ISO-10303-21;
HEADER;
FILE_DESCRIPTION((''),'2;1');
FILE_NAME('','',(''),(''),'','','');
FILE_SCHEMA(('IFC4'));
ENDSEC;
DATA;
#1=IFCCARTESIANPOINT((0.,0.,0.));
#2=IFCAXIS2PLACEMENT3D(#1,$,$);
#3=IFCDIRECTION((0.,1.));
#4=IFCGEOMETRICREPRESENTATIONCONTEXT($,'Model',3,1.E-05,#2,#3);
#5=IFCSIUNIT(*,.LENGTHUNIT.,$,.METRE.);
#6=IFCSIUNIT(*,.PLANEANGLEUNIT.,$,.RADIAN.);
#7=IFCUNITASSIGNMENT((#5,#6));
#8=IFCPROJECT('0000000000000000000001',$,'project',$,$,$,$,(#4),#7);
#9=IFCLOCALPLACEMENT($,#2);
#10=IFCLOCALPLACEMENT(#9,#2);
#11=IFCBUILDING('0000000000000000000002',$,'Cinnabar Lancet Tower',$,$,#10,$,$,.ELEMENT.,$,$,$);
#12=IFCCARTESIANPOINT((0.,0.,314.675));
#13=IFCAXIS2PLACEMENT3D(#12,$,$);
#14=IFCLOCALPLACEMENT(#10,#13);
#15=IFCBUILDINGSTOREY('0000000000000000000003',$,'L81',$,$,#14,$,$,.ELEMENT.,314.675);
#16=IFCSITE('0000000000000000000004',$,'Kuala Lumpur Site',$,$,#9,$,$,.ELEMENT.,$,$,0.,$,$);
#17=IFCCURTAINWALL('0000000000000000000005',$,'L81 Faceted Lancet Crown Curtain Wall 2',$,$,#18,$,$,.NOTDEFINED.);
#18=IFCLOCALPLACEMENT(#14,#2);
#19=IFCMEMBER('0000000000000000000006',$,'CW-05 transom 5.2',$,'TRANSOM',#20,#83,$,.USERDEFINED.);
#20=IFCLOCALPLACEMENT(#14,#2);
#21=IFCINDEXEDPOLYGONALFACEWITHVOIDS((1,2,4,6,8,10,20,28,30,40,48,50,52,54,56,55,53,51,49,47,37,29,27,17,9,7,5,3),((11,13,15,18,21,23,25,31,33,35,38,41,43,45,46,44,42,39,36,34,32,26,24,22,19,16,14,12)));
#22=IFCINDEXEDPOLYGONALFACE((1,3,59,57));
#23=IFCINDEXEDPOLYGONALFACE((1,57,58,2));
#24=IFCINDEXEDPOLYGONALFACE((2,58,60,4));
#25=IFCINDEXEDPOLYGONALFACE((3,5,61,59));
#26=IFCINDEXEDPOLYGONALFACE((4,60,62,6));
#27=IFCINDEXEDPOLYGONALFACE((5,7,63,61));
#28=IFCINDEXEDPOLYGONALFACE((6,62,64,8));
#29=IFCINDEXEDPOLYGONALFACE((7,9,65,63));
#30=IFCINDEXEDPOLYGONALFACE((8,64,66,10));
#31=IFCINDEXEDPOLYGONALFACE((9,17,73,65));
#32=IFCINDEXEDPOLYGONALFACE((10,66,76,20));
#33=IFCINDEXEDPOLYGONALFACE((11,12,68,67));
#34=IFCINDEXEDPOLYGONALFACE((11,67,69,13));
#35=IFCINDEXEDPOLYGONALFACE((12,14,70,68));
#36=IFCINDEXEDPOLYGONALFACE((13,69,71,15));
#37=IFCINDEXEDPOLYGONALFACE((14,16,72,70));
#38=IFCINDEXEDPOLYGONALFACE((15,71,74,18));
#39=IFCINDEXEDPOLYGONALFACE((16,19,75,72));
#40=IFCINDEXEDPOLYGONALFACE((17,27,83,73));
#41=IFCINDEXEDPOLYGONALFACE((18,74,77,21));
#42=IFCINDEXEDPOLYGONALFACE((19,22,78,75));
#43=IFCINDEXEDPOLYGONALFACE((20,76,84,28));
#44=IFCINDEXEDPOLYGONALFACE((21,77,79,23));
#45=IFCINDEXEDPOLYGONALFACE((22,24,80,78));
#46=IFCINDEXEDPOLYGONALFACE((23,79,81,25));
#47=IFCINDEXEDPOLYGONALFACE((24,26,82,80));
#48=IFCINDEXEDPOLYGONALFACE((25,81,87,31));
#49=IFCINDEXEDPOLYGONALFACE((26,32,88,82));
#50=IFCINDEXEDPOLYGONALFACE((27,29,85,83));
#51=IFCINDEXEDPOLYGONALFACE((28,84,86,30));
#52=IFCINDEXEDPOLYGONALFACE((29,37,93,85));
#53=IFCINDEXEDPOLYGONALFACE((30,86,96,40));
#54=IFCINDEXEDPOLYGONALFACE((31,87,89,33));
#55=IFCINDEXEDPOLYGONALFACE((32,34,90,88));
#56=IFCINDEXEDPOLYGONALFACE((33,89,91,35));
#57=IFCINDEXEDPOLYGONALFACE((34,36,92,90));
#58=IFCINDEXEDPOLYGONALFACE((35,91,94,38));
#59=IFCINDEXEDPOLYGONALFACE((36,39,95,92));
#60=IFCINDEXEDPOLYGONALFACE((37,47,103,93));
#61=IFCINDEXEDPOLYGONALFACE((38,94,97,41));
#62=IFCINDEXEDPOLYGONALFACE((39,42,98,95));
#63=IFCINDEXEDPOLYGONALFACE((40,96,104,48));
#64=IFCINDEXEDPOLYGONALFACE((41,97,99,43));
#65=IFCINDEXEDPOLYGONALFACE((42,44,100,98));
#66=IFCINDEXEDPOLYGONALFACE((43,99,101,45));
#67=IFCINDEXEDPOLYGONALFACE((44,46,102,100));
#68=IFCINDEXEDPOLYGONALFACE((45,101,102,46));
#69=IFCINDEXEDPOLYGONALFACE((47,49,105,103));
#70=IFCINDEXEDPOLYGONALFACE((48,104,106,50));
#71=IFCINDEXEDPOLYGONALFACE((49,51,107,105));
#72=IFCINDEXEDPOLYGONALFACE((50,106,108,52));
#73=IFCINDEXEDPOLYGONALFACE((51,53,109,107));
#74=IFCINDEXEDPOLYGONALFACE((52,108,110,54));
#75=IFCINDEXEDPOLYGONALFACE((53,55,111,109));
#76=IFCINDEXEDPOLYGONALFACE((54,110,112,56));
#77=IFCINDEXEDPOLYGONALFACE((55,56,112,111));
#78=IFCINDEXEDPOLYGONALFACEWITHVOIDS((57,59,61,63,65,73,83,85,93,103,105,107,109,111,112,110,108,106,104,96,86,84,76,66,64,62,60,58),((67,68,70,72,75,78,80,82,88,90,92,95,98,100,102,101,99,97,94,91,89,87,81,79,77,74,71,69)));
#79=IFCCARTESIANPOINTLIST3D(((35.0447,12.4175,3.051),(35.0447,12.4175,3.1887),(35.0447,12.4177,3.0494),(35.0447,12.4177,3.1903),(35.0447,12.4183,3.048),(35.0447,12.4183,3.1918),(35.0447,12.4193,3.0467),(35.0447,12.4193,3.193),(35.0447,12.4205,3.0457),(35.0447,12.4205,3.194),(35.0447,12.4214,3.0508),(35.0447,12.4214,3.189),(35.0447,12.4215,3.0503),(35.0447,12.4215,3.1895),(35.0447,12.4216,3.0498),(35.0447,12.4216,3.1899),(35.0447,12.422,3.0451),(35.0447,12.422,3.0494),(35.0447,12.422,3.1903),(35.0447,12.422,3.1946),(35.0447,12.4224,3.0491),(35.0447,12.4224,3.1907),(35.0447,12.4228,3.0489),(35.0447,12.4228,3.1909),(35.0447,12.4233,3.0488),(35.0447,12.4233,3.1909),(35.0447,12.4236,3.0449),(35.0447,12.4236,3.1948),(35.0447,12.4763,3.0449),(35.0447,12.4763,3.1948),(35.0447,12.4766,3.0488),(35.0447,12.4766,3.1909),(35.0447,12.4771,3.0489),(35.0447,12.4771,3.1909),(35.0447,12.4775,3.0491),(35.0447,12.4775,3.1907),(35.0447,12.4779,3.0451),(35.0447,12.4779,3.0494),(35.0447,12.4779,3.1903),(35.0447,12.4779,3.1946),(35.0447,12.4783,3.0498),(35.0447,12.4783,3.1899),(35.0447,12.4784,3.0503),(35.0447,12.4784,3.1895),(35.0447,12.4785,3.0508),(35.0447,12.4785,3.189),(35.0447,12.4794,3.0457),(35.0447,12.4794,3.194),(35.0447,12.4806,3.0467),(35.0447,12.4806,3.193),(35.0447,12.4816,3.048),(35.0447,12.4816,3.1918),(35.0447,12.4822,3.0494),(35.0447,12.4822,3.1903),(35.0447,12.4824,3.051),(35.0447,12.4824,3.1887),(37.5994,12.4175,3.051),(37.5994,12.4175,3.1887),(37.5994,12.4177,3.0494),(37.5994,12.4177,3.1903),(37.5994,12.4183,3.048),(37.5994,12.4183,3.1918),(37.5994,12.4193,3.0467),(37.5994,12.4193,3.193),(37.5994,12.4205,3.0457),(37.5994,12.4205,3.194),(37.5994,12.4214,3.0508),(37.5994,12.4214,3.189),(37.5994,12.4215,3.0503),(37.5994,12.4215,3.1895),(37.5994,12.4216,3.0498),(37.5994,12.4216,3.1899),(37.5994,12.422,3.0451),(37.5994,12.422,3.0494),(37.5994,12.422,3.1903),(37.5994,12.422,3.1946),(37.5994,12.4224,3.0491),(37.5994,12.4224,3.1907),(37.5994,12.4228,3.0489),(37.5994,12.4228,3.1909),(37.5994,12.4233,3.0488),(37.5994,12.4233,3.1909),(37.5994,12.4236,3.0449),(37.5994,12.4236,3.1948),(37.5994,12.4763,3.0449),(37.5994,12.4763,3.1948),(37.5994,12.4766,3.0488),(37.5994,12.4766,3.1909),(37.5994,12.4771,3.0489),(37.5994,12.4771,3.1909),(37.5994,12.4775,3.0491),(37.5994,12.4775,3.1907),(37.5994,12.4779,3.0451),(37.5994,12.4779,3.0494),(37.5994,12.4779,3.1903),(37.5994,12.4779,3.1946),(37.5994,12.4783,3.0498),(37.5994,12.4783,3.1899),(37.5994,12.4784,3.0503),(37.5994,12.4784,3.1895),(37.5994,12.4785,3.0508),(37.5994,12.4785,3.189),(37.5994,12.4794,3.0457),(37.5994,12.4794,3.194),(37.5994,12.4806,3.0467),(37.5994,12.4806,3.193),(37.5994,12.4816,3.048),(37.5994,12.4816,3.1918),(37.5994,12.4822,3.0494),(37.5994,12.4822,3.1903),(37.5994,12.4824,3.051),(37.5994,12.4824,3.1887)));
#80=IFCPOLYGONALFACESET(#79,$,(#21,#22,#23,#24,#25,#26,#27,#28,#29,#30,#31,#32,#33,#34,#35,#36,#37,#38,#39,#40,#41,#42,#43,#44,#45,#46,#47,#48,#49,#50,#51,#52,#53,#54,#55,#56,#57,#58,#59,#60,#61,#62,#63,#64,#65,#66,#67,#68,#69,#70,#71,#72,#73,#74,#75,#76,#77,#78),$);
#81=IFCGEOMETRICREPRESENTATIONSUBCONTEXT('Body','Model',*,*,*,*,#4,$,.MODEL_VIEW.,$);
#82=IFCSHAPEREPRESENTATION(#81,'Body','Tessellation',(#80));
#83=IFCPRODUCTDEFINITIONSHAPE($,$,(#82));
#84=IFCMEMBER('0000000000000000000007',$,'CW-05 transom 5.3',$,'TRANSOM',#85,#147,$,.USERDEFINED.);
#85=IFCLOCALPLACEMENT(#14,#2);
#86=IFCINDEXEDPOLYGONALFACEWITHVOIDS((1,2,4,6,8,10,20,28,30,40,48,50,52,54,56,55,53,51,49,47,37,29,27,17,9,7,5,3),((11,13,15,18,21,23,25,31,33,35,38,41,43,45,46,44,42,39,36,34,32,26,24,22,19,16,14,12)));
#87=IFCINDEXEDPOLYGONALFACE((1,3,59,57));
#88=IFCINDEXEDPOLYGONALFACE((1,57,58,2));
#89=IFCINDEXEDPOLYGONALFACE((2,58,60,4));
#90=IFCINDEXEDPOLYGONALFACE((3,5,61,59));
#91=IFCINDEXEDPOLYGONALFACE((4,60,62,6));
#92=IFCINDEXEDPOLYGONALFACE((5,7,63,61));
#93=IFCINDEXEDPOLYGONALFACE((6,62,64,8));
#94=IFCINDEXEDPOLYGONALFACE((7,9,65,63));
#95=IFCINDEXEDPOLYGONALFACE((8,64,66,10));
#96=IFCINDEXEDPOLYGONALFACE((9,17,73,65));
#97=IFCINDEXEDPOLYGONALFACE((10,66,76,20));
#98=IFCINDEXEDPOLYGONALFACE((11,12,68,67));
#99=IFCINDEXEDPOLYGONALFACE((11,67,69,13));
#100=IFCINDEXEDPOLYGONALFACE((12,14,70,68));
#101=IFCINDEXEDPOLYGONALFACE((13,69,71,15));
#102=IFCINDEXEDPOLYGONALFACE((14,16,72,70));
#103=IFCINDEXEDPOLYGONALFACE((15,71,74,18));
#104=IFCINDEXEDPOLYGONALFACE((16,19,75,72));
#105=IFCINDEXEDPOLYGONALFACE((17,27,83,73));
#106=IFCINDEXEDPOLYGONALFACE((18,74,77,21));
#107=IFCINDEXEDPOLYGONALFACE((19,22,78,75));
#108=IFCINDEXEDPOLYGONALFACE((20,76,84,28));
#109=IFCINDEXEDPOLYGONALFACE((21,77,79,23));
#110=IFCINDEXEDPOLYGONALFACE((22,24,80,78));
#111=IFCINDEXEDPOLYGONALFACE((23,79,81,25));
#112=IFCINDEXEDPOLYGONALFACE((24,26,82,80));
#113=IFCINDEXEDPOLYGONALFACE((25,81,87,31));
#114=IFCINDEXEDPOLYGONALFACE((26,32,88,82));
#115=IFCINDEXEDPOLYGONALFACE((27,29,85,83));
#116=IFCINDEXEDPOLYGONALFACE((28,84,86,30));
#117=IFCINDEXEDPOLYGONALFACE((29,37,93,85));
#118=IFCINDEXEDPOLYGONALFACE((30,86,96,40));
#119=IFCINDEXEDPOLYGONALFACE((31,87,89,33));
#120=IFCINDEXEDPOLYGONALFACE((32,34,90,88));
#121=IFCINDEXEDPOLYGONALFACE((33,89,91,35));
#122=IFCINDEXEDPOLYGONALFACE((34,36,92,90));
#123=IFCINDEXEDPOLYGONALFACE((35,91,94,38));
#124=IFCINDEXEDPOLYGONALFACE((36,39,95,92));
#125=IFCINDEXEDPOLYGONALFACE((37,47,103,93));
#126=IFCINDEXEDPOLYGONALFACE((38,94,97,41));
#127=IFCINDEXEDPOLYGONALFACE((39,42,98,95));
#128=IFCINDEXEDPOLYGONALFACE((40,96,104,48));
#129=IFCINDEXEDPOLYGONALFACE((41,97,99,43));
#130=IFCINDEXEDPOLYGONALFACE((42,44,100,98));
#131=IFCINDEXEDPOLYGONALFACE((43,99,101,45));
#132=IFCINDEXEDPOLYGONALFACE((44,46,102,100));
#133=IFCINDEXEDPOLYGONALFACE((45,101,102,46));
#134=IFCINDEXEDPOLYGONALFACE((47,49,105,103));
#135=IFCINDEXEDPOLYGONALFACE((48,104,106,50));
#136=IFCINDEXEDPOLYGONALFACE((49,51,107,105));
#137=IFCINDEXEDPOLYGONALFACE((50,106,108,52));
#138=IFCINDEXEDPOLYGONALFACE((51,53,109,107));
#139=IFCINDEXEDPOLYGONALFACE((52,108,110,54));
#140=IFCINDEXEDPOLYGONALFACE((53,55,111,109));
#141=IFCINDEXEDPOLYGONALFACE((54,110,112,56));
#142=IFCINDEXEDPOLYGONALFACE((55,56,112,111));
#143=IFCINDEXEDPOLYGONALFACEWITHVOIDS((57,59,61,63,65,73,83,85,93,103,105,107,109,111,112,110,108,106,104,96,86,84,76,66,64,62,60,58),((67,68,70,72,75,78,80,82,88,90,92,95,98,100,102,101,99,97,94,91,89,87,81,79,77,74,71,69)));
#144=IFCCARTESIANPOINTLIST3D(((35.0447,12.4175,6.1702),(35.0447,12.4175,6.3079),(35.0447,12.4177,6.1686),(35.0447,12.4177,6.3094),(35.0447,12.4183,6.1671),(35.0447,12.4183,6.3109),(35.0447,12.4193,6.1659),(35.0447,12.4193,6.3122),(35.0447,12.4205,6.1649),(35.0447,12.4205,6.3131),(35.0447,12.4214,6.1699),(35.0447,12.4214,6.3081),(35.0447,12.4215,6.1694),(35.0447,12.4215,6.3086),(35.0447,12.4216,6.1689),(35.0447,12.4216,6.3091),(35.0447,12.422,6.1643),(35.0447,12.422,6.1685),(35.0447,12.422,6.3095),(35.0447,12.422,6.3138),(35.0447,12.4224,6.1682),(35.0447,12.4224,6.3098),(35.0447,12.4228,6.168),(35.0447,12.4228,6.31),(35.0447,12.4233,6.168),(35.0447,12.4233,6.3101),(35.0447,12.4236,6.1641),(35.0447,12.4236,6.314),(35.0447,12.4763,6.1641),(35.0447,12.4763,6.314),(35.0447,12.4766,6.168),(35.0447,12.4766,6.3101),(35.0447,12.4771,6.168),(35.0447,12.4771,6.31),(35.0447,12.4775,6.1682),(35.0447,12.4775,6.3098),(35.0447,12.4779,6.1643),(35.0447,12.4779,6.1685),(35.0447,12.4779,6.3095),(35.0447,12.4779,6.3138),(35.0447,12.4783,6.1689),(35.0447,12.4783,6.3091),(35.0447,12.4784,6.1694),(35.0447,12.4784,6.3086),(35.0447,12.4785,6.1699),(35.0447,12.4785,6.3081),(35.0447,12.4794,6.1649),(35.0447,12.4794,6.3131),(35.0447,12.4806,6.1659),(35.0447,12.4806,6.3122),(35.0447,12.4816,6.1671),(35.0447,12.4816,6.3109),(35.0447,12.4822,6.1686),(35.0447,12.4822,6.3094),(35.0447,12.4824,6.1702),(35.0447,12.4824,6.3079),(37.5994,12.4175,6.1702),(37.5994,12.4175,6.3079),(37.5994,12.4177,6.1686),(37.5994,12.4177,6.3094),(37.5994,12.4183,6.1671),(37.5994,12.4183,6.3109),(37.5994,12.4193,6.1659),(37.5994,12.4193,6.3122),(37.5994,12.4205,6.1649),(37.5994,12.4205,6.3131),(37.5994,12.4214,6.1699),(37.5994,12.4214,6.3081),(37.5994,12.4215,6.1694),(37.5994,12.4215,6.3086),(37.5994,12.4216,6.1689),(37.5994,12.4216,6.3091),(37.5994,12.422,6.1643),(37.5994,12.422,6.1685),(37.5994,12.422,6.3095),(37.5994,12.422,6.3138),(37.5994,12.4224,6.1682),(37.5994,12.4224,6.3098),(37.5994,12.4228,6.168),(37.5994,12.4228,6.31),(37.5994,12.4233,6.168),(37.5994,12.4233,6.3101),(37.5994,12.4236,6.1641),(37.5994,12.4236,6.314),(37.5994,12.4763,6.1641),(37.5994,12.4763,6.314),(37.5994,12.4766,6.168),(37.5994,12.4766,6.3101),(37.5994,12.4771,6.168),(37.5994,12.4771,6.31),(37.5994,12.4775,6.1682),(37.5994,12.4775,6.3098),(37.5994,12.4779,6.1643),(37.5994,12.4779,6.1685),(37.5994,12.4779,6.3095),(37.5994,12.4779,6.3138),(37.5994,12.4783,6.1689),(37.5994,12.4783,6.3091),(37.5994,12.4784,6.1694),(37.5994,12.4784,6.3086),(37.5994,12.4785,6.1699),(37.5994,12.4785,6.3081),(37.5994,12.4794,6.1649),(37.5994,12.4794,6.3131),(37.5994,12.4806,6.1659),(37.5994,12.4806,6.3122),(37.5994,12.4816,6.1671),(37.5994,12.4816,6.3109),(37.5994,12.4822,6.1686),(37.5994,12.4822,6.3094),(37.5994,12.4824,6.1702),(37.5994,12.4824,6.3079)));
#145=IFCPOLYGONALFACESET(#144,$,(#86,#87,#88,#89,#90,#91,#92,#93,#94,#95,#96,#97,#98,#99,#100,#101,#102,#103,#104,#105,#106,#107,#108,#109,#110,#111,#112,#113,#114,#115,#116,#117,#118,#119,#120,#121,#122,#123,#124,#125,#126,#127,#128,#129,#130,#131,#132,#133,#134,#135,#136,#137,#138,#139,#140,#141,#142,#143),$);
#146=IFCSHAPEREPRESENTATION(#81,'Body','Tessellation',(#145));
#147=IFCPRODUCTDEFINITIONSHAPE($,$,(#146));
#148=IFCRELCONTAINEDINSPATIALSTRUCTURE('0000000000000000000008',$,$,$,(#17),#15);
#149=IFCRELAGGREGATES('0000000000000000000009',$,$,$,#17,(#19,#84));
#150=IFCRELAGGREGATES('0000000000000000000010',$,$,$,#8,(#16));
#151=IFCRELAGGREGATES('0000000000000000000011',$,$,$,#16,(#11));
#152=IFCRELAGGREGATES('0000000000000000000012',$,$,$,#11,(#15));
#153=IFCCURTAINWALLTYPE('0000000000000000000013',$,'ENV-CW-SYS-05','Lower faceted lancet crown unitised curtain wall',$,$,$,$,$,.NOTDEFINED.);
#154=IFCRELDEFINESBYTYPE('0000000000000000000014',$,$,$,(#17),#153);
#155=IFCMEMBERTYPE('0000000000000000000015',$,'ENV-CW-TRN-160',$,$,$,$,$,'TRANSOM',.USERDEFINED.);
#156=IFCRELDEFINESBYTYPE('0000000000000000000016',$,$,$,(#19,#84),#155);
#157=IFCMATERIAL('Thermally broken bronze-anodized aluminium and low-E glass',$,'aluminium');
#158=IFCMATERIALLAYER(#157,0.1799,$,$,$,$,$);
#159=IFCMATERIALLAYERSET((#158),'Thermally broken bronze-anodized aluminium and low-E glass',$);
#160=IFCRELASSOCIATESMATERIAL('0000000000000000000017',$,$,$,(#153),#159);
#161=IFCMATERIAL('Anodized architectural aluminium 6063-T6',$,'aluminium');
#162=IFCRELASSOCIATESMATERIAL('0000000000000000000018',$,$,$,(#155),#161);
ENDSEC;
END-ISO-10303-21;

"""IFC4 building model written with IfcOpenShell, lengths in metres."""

from ifc_helpers import new_model, si_unit, direction, frame, origin, origin_2d, place, context, subcontext, project, spatial, hollow_rectangle, extrude, material, layer, layer_set, material_profile, profile_set, type_object, element, aggregate, save


model = new_model("IFC4")

# Units and contexts
model_context = context("Model", 3, precision=1e-05, world=origin(), true_north=direction((0.0, 1.0)))
body_context = subcontext(model_context, "Body", "Model", "MODEL_VIEW")
ifc_project = project(units=[si_unit("LENGTHUNIT", "METRE"), si_unit("PLANEANGLEUNIT", "RADIAN")], contexts=[model_context])

# Site, building, storey
site_placement = place(None, origin())
site = spatial("IfcSite", under=ifc_project, at=site_placement, Name="Kuala Lumpur Site", CompositionType="ELEMENT", RefElevation=0.0)
building_placement = place(site_placement, origin())
building = spatial("IfcBuilding", under=site, at=building_placement, Name="Cinnabar Lancet Tower", CompositionType="ELEMENT")
storey_placement = place(building_placement, frame((0.0, 0.0, 314.675)))
storey = spatial("IfcBuildingStorey", under=building, at=storey_placement, Name="L81", CompositionType="ELEMENT", Elevation=314.675)

# Curtain wall
ifc_material_1 = material(Name="Thermally broken bronze-anodized aluminium and low-E glass", Category="aluminium")
ifc_layer_1 = layer(ifc_material_1, 0.1799)
ifc_layer_set_1 = layer_set([ifc_layer_1], Name="Thermally broken bronze-anodized aluminium and low-E glass")
curtain_wall_type = type_object("IfcCurtainWallType", Name="ENV-CW-SYS-05", Description="Lower faceted lancet crown unitised curtain wall", PredefinedType="NOTDEFINED", material=ifc_layer_set_1)
curtain_wall_1_placement = place(storey_placement, origin())
curtain_wall_1 = element("IfcCurtainWall", 1, at=curtain_wall_1_placement, inside=storey, type_object=curtain_wall_type, Name="L81 Faceted Lancet Crown Curtain Wall 2", PredefinedType="NOTDEFINED")

# Members
ifc_material_2 = material(Name="Anodized architectural aluminium 6063-T6", Category="aluminium")
ifc_material_profile_1 = material_profile(ifc_material_2, hollow_rectangle(XDim=0.0649, YDim=0.1499, WallThickness=0.0039, InnerFilletRadius=0.002, OuterFilletRadius=0.0061, at=origin_2d()), Name="CW-TRN 150x65x4")
ifc_profile_set_1 = profile_set([ifc_material_profile_1], Name="Anodized architectural aluminium 6063-T6")
member_type_1 = type_object("IfcMemberType", Name="ENV-CW-TRN-160", ElementType="TRANSOM", PredefinedType="USERDEFINED", material=ifc_profile_set_1)
member_1_placement = place(storey_placement, frame((35.0447, 12.45, 3.1199), z_axis=(1.0, 0.0, 0.0), x_axis=(0.0, 1.0, 0.0)))
member_1 = element("IfcMember", 2, at=member_1_placement, type_object=member_type_1, Name="CW-05 transom 5.2", ObjectType="TRANSOM", PredefinedType="USERDEFINED", context=body_context, shape_type="SweptSolid", body=[
    extrude(hollow_rectangle(XDim=0.0649, YDim=0.1499, WallThickness=0.0039, InnerFilletRadius=0.002, OuterFilletRadius=0.0061, at=origin_2d()), origin(), (0.0, 0.0, 1.0), 2.5547),
])
member_2_placement = place(storey_placement, frame((35.0447, 12.45, 6.239), z_axis=(1.0, 0.0, 0.0), x_axis=(0.0, 1.0, 0.0)))
member_2 = element("IfcMember", 3, at=member_2_placement, type_object=member_type_1, Name="CW-05 transom 5.3", ObjectType="TRANSOM", PredefinedType="USERDEFINED", context=body_context, shape_type="SweptSolid", body=[
    extrude(hollow_rectangle(XDim=0.0649, YDim=0.1499, WallThickness=0.0039, InnerFilletRadius=0.002, OuterFilletRadius=0.0061, at=origin_2d()), origin(), (0.0, 0.0, 1.0), 2.5547),
])

aggregate(curtain_wall_1, [member_1, member_2])

save(model, "model.ifc")
